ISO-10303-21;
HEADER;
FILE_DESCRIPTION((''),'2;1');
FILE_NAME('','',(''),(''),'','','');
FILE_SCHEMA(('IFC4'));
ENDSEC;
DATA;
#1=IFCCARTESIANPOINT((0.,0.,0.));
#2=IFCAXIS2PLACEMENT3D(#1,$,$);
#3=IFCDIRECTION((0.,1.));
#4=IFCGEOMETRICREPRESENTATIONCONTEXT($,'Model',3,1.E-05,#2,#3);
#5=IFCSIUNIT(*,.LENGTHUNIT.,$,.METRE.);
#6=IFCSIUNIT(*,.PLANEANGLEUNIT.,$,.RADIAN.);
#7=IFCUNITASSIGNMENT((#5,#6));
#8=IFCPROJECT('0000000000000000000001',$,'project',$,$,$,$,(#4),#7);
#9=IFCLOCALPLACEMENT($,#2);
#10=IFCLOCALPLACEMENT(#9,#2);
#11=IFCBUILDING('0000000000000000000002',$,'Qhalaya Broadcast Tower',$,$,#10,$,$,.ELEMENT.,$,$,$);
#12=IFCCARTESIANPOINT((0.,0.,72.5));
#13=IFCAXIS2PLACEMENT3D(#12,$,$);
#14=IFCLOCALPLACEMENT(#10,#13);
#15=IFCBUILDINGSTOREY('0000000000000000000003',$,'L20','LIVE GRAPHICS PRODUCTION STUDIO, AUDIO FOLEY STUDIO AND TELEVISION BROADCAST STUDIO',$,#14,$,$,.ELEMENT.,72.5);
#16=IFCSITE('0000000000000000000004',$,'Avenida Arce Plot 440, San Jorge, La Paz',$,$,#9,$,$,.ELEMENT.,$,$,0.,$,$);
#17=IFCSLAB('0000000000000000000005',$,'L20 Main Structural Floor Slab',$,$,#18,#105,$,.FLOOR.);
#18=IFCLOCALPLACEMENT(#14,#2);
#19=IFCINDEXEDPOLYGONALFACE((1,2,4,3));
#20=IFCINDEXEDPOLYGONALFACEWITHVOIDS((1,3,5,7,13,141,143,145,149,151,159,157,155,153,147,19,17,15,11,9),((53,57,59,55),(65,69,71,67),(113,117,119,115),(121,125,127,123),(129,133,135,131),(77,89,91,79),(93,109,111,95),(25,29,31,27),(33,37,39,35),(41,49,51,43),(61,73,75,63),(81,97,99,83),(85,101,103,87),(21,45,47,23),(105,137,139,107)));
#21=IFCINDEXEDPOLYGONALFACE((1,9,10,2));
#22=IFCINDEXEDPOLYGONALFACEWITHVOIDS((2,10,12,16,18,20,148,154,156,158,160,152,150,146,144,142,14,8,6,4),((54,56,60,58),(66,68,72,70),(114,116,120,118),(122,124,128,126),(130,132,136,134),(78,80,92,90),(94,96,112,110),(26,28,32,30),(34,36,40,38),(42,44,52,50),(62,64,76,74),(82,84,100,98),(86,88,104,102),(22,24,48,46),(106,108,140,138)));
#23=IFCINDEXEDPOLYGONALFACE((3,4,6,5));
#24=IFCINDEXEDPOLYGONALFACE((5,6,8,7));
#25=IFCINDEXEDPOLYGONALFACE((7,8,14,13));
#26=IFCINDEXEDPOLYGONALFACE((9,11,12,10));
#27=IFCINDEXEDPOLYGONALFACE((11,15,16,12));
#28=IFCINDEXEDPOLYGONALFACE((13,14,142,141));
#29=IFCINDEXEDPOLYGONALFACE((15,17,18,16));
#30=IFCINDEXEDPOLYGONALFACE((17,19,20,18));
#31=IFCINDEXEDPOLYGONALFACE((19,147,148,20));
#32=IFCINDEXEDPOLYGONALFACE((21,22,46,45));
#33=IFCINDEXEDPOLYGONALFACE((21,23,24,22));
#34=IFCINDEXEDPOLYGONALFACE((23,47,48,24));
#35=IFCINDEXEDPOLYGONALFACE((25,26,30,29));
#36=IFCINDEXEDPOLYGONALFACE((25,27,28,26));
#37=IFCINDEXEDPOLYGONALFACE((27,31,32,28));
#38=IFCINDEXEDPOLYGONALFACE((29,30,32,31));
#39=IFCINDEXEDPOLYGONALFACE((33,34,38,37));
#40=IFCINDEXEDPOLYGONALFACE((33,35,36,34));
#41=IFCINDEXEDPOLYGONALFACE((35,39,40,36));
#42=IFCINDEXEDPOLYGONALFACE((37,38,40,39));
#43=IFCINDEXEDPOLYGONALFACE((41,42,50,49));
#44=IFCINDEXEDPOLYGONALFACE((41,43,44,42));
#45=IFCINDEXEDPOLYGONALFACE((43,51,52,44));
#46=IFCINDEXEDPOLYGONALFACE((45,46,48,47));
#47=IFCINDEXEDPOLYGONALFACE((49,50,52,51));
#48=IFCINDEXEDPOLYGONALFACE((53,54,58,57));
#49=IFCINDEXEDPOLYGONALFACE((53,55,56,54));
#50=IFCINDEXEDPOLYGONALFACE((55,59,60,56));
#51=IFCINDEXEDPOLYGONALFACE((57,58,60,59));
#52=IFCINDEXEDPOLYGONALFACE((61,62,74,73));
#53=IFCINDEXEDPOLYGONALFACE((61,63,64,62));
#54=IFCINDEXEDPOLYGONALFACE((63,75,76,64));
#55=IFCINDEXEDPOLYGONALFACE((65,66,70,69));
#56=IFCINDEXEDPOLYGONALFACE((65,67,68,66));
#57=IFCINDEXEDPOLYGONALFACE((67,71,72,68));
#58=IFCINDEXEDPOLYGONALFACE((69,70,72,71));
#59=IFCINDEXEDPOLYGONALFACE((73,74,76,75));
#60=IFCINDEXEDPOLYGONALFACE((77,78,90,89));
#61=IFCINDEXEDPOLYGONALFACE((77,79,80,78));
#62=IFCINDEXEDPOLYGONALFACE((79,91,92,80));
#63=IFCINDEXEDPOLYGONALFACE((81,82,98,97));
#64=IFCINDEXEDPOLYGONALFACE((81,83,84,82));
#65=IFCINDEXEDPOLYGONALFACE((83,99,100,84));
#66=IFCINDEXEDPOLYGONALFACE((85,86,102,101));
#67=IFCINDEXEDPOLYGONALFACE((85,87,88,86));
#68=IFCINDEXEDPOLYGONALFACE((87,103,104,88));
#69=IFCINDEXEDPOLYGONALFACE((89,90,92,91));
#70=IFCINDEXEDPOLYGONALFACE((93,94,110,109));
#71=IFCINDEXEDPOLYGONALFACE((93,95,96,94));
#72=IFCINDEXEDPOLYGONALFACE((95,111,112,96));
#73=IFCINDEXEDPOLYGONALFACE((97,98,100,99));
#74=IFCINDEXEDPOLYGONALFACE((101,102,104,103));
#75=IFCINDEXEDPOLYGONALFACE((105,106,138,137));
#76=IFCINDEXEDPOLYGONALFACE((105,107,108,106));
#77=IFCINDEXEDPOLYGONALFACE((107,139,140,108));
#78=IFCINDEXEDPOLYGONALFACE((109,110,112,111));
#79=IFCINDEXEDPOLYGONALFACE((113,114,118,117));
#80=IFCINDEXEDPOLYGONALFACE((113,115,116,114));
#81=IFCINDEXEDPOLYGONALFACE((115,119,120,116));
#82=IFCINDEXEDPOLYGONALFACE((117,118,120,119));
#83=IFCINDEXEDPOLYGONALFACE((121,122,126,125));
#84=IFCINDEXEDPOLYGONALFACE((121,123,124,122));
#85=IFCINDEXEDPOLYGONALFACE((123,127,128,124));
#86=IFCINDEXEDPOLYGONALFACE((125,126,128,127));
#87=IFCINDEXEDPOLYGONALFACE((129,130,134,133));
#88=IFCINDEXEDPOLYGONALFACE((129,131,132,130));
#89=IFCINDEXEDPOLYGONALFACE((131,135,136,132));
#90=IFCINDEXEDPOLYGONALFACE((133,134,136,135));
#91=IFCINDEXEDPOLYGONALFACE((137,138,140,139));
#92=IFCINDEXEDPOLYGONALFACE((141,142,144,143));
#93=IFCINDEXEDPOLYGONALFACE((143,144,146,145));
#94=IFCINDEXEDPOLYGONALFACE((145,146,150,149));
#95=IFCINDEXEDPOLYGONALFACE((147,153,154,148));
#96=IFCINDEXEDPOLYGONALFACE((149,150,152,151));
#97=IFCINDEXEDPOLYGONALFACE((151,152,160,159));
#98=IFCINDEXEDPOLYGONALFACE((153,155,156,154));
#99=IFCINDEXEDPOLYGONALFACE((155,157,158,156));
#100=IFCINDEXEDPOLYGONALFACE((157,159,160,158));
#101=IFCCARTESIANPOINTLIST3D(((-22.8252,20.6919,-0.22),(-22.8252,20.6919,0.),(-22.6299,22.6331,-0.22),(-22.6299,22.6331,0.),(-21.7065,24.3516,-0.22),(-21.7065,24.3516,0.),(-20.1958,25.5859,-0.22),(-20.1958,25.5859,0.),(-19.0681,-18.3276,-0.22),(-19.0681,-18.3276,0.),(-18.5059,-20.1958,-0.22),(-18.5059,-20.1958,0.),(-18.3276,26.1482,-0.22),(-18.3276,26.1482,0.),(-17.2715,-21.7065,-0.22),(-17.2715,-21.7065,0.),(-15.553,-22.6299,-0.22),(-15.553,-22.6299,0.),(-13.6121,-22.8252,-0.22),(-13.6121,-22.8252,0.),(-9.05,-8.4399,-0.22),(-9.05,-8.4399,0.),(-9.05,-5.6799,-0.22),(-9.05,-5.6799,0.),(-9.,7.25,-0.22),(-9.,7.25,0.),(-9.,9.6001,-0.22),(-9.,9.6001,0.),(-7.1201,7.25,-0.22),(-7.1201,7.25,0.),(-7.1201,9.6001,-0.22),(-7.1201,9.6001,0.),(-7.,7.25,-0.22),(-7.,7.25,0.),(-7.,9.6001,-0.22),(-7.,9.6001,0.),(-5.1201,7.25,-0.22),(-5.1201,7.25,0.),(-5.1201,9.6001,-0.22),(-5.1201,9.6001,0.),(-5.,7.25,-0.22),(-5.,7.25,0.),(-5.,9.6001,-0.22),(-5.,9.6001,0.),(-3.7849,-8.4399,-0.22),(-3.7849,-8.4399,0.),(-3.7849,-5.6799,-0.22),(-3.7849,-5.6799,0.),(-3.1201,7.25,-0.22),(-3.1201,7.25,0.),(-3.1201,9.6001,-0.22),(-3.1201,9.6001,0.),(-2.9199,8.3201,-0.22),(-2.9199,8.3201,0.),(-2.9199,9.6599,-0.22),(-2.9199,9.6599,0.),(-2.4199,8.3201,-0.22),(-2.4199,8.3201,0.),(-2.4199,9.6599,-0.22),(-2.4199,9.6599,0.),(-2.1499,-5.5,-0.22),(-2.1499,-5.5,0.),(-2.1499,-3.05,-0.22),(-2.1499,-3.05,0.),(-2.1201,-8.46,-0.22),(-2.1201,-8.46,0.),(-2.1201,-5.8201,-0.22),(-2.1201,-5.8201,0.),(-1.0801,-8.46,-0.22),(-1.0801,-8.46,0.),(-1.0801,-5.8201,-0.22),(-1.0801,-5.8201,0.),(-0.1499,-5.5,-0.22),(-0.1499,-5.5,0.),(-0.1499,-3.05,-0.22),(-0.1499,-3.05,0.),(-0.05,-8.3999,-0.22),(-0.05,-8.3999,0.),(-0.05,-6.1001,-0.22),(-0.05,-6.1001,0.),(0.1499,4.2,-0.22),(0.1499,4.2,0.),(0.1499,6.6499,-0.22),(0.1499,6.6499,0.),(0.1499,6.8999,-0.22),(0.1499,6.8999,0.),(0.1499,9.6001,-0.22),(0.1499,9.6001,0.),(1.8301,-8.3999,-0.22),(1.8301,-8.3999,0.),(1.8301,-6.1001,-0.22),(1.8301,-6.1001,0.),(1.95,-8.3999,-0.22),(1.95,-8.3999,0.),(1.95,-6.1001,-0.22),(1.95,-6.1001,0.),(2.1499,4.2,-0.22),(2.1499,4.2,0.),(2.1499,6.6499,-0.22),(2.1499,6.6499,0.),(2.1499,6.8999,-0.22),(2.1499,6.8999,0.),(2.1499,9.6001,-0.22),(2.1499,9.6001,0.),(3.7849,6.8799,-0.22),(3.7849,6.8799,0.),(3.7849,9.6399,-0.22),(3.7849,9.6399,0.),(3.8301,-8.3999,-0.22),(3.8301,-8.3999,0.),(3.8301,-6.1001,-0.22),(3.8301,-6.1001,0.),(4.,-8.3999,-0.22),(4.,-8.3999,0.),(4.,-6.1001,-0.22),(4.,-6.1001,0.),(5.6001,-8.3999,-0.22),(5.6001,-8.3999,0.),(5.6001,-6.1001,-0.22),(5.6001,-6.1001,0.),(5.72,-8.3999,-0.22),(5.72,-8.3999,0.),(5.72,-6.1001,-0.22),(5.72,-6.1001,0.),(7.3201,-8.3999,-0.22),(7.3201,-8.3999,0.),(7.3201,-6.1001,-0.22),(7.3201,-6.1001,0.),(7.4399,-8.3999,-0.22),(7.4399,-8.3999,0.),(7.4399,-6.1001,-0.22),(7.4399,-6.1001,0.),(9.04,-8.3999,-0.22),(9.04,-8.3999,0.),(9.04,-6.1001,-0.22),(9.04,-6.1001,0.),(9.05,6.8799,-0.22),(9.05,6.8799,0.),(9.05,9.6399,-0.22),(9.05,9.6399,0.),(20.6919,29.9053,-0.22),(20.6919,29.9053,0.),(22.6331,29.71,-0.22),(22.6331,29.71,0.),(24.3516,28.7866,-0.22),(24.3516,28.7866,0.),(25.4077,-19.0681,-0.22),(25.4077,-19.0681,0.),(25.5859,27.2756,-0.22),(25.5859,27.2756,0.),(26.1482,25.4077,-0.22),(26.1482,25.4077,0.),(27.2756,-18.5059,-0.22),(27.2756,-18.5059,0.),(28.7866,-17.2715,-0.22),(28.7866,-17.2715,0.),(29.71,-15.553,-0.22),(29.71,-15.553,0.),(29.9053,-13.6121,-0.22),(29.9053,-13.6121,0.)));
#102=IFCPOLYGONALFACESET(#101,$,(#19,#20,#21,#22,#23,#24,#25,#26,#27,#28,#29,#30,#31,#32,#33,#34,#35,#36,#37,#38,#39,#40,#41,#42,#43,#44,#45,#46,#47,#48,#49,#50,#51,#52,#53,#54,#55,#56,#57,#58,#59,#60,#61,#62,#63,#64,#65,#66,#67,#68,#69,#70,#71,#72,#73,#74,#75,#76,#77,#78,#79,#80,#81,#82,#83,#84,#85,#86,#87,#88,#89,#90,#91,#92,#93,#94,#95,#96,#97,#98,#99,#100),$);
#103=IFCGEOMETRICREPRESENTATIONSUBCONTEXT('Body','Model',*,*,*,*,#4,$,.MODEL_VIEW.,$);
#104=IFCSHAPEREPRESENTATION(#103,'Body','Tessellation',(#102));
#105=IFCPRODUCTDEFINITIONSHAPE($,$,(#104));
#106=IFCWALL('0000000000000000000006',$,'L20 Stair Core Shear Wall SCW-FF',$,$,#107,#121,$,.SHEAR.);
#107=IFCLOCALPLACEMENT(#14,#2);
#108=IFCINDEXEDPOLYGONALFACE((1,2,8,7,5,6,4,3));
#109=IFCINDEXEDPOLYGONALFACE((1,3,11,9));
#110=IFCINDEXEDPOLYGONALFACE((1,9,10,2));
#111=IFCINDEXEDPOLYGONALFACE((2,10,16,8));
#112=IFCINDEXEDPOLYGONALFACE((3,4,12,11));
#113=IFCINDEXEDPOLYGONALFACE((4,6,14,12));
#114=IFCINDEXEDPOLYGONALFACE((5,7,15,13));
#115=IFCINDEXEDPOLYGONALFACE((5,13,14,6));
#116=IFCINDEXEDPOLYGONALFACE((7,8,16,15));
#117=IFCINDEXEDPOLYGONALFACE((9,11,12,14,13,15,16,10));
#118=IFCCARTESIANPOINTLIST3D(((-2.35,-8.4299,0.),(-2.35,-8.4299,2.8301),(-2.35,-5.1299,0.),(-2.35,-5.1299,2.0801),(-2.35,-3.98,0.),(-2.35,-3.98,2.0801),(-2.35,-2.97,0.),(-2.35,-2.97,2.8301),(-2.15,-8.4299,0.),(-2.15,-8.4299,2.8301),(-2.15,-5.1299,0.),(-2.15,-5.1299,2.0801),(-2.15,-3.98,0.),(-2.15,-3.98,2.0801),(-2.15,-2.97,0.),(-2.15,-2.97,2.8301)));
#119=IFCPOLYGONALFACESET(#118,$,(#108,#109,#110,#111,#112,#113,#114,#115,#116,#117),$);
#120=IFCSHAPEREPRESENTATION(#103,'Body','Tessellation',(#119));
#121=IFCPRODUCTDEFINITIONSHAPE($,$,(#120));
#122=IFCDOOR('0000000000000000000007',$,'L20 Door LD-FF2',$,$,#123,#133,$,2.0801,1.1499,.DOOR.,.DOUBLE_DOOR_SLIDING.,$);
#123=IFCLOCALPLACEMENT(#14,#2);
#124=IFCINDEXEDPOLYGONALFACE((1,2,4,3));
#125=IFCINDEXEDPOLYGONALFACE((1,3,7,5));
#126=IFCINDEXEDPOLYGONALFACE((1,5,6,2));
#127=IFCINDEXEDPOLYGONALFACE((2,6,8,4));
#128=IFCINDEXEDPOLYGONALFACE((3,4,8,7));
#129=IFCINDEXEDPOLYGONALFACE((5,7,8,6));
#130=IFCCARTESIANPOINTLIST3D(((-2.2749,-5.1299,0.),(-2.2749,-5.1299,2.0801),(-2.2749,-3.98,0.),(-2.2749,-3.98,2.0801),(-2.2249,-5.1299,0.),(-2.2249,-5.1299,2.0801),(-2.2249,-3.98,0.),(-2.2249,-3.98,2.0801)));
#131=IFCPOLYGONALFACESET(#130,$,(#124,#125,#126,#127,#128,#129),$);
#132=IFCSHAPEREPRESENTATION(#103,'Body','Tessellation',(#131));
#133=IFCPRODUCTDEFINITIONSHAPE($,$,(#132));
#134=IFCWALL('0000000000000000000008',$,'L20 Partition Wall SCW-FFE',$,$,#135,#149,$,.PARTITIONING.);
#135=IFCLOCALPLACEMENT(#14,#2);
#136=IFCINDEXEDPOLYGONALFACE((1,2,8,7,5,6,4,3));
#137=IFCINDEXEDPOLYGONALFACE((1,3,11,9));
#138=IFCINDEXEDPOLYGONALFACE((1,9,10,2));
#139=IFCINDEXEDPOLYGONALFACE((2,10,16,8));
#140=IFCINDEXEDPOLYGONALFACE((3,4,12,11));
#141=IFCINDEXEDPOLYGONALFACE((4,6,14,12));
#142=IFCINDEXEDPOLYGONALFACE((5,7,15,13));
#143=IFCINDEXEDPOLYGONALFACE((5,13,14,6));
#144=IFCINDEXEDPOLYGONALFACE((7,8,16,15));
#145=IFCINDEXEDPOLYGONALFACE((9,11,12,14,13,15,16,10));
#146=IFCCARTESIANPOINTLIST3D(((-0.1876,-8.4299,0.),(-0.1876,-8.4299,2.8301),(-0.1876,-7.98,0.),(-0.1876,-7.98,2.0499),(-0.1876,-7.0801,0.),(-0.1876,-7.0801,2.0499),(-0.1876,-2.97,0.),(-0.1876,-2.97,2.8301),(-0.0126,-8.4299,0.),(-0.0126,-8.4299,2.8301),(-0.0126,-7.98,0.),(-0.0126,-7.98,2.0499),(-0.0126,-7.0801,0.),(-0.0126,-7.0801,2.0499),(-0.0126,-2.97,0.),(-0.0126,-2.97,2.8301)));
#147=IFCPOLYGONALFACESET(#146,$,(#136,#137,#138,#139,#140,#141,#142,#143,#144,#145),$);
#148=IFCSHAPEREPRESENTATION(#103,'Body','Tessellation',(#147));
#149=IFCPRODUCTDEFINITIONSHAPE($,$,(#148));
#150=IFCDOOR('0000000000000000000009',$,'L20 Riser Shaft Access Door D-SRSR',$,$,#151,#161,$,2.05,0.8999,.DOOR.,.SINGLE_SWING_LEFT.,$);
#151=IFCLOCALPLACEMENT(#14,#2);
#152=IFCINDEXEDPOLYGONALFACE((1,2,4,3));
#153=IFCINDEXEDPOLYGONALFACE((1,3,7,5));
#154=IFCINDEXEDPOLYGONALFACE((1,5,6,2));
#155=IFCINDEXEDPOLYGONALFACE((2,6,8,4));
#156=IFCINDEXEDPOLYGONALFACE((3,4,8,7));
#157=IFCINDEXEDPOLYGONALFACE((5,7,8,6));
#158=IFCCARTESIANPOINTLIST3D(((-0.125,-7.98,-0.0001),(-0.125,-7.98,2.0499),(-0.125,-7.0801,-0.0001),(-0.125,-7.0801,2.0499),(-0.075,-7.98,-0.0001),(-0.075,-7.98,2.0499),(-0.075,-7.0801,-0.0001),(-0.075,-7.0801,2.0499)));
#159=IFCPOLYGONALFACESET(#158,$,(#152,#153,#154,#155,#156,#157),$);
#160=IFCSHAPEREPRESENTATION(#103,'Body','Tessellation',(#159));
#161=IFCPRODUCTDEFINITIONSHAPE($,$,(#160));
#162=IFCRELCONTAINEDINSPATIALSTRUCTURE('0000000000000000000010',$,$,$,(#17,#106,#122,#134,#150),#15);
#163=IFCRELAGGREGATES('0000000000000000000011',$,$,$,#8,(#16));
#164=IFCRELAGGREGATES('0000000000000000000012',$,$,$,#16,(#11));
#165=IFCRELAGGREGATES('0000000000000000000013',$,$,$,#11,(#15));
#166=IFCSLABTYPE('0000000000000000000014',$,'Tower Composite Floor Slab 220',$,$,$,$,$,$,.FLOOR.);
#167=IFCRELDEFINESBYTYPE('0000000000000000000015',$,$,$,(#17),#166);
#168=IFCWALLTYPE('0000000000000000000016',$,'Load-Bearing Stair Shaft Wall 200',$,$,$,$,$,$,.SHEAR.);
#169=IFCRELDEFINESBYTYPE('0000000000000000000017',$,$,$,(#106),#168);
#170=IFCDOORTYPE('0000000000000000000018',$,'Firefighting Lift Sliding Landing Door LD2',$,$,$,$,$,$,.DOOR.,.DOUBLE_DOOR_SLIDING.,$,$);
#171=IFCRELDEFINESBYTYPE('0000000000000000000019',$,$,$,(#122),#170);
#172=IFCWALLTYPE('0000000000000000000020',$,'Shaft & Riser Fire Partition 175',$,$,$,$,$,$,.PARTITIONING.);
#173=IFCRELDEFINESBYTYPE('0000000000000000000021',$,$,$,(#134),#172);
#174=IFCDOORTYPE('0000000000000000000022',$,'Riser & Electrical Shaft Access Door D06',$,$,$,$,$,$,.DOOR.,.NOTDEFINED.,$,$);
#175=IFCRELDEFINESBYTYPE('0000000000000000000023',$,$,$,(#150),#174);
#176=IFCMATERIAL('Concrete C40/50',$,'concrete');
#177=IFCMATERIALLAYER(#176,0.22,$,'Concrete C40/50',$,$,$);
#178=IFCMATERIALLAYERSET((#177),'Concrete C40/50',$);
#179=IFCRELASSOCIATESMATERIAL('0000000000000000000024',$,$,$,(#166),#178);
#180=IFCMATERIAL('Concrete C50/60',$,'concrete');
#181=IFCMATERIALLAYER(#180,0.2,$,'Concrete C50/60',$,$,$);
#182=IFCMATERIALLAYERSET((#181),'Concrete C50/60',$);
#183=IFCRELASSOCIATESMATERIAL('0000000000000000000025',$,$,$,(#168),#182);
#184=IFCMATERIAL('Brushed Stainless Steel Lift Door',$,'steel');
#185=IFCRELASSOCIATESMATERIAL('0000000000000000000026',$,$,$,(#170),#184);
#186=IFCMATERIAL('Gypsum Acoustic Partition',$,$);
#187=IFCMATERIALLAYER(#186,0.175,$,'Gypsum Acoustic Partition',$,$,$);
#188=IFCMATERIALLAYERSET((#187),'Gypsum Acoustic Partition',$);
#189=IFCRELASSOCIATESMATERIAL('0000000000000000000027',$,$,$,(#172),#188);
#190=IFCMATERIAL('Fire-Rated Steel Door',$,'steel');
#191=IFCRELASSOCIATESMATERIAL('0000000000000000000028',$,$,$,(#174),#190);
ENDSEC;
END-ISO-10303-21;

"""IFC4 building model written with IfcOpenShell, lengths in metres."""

from ifc_helpers import new_model, si_unit, direction, frame, frame_2d, origin, place, context, subcontext, project, spatial, polyline, rectangle, outline, extrude, material, layer, layer_set, type_object, element, fill, save


model = new_model("IFC4")

# Units and contexts
model_context = context("Model", 3, precision=1e-05, world=origin(), true_north=direction((0.0, 1.0)))
body_context = subcontext(model_context, "Body", "Model", "MODEL_VIEW")
ifc_project = project(units=[si_unit("LENGTHUNIT", "METRE"), si_unit("PLANEANGLEUNIT", "RADIAN")], contexts=[model_context])

# Site, building, storey
site_placement = place(None, origin())
site = spatial("IfcSite", under=ifc_project, at=site_placement, Name="Avenida Arce Plot 440, San Jorge, La Paz", CompositionType="ELEMENT", RefElevation=0.0)
building_placement = place(site_placement, origin())
building = spatial("IfcBuilding", under=site, at=building_placement, Name="Qhalaya Broadcast Tower", CompositionType="ELEMENT")
storey_placement = place(building_placement, frame((0.0, 0.0, 72.5)))
storey = spatial("IfcBuildingStorey", under=building, at=storey_placement, Name="L20", Description="LIVE GRAPHICS PRODUCTION STUDIO, AUDIO FOLEY STUDIO AND TELEVISION BROADCAST STUDIO", CompositionType="ELEMENT", Elevation=72.5)

# Shared definitions
ifc_material_1 = material(Name="Concrete C50/60", Category="concrete")

# Slab
ifc_material_2 = material(Name="Concrete C40/50", Category="concrete")
ifc_layer_1 = layer(ifc_material_2, 0.22, Name="Concrete C40/50")
ifc_layer_set_1 = layer_set([ifc_layer_1], Name="Concrete C40/50")
slab_type = type_object("IfcSlabType", Name="Tower Composite Floor Slab 220", PredefinedType="FLOOR", material=ifc_layer_set_1)
slab_placement = place(storey_placement, frame((0.0, 0.0, -0.22)))
element("IfcSlab", 1, at=slab_placement, inside=storey, type_object=slab_type, Name="L20 Main Structural Floor Slab", PredefinedType="FLOOR", context=body_context, shape_type="SweptSolid", body=[
    extrude(outline(polyline([(25.4077, -19.0681), (27.2756, -18.5059), (28.7866, -17.2715), (29.71, -15.553), (29.9053, -13.6121), (26.1482, 25.4077), (25.5859, 27.2756), (24.3516, 28.7866), (22.6331, 29.71), (20.6919, 29.9053), (-18.3276, 26.1482), (-20.1958, 25.5859), (-21.7065, 24.3516), (-22.6299, 22.6331), (-22.8252, 20.6919), (-19.0681, -18.3276), (-18.5059, -20.1958), (-17.2715, -21.7065), (-15.553, -22.6299), (-13.6121, -22.8252), (25.4077, -19.0681)]), holes=[polyline([(3.7849, 9.6399), (9.05, 9.6399), (9.05, 6.8799), (3.7849, 6.8799), (3.7849, 9.6399)]), polyline([(-3.7849, -8.4399), (-9.05, -8.4399), (-9.05, -5.6799), (-3.7849, -5.6799), (-3.7849, -8.4399)]), polyline([(0.1499, 6.6499), (2.1499, 6.6499), (2.1499, 4.2), (0.1499, 4.2), (0.1499, 6.6499)]), polyline([(0.1499, 9.6001), (2.1499, 9.6001), (2.1499, 6.8999), (0.1499, 6.8999), (0.1499, 9.6001)]), polyline([(-2.1499, -3.05), (-0.1499, -3.05), (-0.1499, -5.5), (-2.1499, -5.5), (-2.1499, -3.05)]), polyline([(-9.0, 9.6001), (-7.1201, 9.6001), (-7.1201, 7.25), (-9.0, 7.25), (-9.0, 9.6001)]), polyline([(-7.0, 9.6001), (-5.1201, 9.6001), (-5.1201, 7.25), (-7.0, 7.25), (-7.0, 9.6001)]), polyline([(-5.0, 9.6001), (-3.1201, 9.6001), (-3.1201, 7.25), (-5.0, 7.25), (-5.0, 9.6001)]), polyline([(-0.05, -6.1001), (1.8301, -6.1001), (1.8301, -8.3999), (-0.05, -8.3999), (-0.05, -6.1001)]), polyline([(1.95, -6.1001), (3.8301, -6.1001), (3.8301, -8.3999), (1.95, -8.3999), (1.95, -6.1001)]), polyline([(4.0, -6.1001), (5.6001, -6.1001), (5.6001, -8.3999), (4.0, -8.3999), (4.0, -6.1001)]), polyline([(5.72, -6.1001), (7.3201, -6.1001), (7.3201, -8.3999), (5.72, -8.3999), (5.72, -6.1001)]), polyline([(7.4399, -6.1001), (9.04, -6.1001), (9.04, -8.3999), (7.4399, -8.3999), (7.4399, -6.1001)]), polyline([(-2.9199, 9.6599), (-2.4199, 9.6599), (-2.4199, 8.3201), (-2.9199, 8.3201), (-2.9199, 9.6599)]), polyline([(-2.1201, -5.8201), (-1.0801, -5.8201), (-1.0801, -8.46), (-2.1201, -8.46), (-2.1201, -5.8201)])]), origin(), (0.0, 0.0, 1.0), 0.22),
])

# Walls, openings, doors
ifc_layer_2 = layer(ifc_material_1, 0.2, Name="Concrete C50/60")
ifc_layer_set_2 = layer_set([ifc_layer_2], Name="Concrete C50/60")
wall_type_1 = type_object("IfcWallType", Name="Load-Bearing Stair Shaft Wall 200", PredefinedType="SHEAR", material=ifc_layer_set_2)
wall_1_placement = place(storey_placement, frame((-2.25, -8.4299, 0.0), z_axis=(0.0, 0.0, 1.0), x_axis=(0.0, 1.0, 0.0)))
wall_1 = element("IfcWall", 2, at=wall_1_placement, inside=storey, type_object=wall_type_1, Name="L20 Stair Core Shear Wall SCW-FF", PredefinedType="SHEAR", context=body_context, shape_type="SweptSolid", body=[
    extrude(rectangle(XDim=5.46, YDim=0.2, at=frame_2d((2.73, 0.0))), origin(), (0.0, 0.0, 1.0), 2.8301),
])
opening_1_placement = place(wall_1_placement, frame((3.3, 0.0, 0.0)))
opening_1 = element("IfcOpeningElement", 3, at=opening_1_placement, cuts=wall_1, PredefinedType="OPENING", context=body_context, shape_type="SweptSolid", body=[
    extrude(rectangle(XDim=1.1499, YDim=2.0801, at=frame_2d((0.575, 1.04))), frame((0.0, 0.1121, 0.0), z_axis=(0.0, -1.0, 0.0), x_axis=(1.0, 0.0, 0.0)), (0.0, 0.0, 1.0), 0.2239),
])
ifc_material_3 = material(Name="Brushed Stainless Steel Lift Door", Category="steel")
door_type_1 = type_object("IfcDoorType", Name="Firefighting Lift Sliding Landing Door LD2", OperationType="DOUBLE_DOOR_SLIDING", PredefinedType="DOOR", material=ifc_material_3)
door_1_placement = place(opening_1_placement, origin())
door_1 = element("IfcDoor", 4, at=door_1_placement, inside=storey, type_object=door_type_1, Name="L20 Door LD-FF2", OperationType="DOUBLE_DOOR_SLIDING", OverallHeight=2.0801, OverallWidth=1.1499, PredefinedType="DOOR", context=body_context, shape_type="SweptSolid", body=[
    extrude(rectangle(XDim=1.1499, YDim=2.0801, at=frame_2d((0.575, 1.04))), frame((0.0, 0.0249, 0.0), z_axis=(0.0, -1.0, 0.0), x_axis=(1.0, 0.0, 0.0)), (0.0, 0.0, 1.0), 0.05),
])
fill(opening_1, door_1)
ifc_material_4 = material(Name="Gypsum Acoustic Partition")
ifc_layer_3 = layer(ifc_material_4, 0.175, Name="Gypsum Acoustic Partition")
ifc_layer_set_3 = layer_set([ifc_layer_3], Name="Gypsum Acoustic Partition")
wall_type_2 = type_object("IfcWallType", Name="Shaft & Riser Fire Partition 175", PredefinedType="PARTITIONING", material=ifc_layer_set_3)
wall_2_placement = place(storey_placement, frame((-0.1001, -8.4299, 0.0), z_axis=(0.0, 0.0, 1.0), x_axis=(0.0, 1.0, 0.0)))
wall_2 = element("IfcWall", 5, at=wall_2_placement, inside=storey, type_object=wall_type_2, Name="L20 Partition Wall SCW-FFE", PredefinedType="PARTITIONING", context=body_context, shape_type="SweptSolid", body=[
    extrude(rectangle(XDim=5.46, YDim=0.175, at=frame_2d((2.73, 0.0))), origin(), (0.0, 0.0, 1.0), 2.8301),
])
opening_2_placement = place(wall_2_placement, frame((0.45, 0.0, 0.0)))
opening_2 = element("IfcOpeningElement", 6, at=opening_2_placement, cuts=wall_2, PredefinedType="OPENING", context=body_context, shape_type="SweptSolid", body=[
    extrude(rectangle(XDim=0.8999, YDim=2.05, at=frame_2d((0.45, 1.0249))), frame((0.0, 0.0996, 0.0), z_axis=(0.0, -1.0, 0.0), x_axis=(1.0, 0.0, 0.0)), (0.0, 0.0, 1.0), 0.199),
])
ifc_material_5 = material(Name="Fire-Rated Steel Door", Category="steel")
door_type_2 = type_object("IfcDoorType", Name="Riser & Electrical Shaft Access Door D06", OperationType="NOTDEFINED", PredefinedType="DOOR", material=ifc_material_5)
door_2_placement = place(opening_2_placement, origin())
door_2 = element("IfcDoor", 7, at=door_2_placement, inside=storey, type_object=door_type_2, Name="L20 Riser Shaft Access Door D-SRSR", OperationType="SINGLE_SWING_LEFT", OverallHeight=2.05, OverallWidth=0.8999, PredefinedType="DOOR", context=body_context, shape_type="SweptSolid", body=[
    extrude(rectangle(XDim=0.8999, YDim=2.05, at=frame_2d((0.45, 1.0249))), frame((0.0, 0.0249, 0.0), z_axis=(0.0, -1.0, 0.0), x_axis=(1.0, 0.0, 0.0)), (0.0, 0.0, 1.0), 0.05),
])
fill(opening_2, door_2)

save(model, "model.ifc")
